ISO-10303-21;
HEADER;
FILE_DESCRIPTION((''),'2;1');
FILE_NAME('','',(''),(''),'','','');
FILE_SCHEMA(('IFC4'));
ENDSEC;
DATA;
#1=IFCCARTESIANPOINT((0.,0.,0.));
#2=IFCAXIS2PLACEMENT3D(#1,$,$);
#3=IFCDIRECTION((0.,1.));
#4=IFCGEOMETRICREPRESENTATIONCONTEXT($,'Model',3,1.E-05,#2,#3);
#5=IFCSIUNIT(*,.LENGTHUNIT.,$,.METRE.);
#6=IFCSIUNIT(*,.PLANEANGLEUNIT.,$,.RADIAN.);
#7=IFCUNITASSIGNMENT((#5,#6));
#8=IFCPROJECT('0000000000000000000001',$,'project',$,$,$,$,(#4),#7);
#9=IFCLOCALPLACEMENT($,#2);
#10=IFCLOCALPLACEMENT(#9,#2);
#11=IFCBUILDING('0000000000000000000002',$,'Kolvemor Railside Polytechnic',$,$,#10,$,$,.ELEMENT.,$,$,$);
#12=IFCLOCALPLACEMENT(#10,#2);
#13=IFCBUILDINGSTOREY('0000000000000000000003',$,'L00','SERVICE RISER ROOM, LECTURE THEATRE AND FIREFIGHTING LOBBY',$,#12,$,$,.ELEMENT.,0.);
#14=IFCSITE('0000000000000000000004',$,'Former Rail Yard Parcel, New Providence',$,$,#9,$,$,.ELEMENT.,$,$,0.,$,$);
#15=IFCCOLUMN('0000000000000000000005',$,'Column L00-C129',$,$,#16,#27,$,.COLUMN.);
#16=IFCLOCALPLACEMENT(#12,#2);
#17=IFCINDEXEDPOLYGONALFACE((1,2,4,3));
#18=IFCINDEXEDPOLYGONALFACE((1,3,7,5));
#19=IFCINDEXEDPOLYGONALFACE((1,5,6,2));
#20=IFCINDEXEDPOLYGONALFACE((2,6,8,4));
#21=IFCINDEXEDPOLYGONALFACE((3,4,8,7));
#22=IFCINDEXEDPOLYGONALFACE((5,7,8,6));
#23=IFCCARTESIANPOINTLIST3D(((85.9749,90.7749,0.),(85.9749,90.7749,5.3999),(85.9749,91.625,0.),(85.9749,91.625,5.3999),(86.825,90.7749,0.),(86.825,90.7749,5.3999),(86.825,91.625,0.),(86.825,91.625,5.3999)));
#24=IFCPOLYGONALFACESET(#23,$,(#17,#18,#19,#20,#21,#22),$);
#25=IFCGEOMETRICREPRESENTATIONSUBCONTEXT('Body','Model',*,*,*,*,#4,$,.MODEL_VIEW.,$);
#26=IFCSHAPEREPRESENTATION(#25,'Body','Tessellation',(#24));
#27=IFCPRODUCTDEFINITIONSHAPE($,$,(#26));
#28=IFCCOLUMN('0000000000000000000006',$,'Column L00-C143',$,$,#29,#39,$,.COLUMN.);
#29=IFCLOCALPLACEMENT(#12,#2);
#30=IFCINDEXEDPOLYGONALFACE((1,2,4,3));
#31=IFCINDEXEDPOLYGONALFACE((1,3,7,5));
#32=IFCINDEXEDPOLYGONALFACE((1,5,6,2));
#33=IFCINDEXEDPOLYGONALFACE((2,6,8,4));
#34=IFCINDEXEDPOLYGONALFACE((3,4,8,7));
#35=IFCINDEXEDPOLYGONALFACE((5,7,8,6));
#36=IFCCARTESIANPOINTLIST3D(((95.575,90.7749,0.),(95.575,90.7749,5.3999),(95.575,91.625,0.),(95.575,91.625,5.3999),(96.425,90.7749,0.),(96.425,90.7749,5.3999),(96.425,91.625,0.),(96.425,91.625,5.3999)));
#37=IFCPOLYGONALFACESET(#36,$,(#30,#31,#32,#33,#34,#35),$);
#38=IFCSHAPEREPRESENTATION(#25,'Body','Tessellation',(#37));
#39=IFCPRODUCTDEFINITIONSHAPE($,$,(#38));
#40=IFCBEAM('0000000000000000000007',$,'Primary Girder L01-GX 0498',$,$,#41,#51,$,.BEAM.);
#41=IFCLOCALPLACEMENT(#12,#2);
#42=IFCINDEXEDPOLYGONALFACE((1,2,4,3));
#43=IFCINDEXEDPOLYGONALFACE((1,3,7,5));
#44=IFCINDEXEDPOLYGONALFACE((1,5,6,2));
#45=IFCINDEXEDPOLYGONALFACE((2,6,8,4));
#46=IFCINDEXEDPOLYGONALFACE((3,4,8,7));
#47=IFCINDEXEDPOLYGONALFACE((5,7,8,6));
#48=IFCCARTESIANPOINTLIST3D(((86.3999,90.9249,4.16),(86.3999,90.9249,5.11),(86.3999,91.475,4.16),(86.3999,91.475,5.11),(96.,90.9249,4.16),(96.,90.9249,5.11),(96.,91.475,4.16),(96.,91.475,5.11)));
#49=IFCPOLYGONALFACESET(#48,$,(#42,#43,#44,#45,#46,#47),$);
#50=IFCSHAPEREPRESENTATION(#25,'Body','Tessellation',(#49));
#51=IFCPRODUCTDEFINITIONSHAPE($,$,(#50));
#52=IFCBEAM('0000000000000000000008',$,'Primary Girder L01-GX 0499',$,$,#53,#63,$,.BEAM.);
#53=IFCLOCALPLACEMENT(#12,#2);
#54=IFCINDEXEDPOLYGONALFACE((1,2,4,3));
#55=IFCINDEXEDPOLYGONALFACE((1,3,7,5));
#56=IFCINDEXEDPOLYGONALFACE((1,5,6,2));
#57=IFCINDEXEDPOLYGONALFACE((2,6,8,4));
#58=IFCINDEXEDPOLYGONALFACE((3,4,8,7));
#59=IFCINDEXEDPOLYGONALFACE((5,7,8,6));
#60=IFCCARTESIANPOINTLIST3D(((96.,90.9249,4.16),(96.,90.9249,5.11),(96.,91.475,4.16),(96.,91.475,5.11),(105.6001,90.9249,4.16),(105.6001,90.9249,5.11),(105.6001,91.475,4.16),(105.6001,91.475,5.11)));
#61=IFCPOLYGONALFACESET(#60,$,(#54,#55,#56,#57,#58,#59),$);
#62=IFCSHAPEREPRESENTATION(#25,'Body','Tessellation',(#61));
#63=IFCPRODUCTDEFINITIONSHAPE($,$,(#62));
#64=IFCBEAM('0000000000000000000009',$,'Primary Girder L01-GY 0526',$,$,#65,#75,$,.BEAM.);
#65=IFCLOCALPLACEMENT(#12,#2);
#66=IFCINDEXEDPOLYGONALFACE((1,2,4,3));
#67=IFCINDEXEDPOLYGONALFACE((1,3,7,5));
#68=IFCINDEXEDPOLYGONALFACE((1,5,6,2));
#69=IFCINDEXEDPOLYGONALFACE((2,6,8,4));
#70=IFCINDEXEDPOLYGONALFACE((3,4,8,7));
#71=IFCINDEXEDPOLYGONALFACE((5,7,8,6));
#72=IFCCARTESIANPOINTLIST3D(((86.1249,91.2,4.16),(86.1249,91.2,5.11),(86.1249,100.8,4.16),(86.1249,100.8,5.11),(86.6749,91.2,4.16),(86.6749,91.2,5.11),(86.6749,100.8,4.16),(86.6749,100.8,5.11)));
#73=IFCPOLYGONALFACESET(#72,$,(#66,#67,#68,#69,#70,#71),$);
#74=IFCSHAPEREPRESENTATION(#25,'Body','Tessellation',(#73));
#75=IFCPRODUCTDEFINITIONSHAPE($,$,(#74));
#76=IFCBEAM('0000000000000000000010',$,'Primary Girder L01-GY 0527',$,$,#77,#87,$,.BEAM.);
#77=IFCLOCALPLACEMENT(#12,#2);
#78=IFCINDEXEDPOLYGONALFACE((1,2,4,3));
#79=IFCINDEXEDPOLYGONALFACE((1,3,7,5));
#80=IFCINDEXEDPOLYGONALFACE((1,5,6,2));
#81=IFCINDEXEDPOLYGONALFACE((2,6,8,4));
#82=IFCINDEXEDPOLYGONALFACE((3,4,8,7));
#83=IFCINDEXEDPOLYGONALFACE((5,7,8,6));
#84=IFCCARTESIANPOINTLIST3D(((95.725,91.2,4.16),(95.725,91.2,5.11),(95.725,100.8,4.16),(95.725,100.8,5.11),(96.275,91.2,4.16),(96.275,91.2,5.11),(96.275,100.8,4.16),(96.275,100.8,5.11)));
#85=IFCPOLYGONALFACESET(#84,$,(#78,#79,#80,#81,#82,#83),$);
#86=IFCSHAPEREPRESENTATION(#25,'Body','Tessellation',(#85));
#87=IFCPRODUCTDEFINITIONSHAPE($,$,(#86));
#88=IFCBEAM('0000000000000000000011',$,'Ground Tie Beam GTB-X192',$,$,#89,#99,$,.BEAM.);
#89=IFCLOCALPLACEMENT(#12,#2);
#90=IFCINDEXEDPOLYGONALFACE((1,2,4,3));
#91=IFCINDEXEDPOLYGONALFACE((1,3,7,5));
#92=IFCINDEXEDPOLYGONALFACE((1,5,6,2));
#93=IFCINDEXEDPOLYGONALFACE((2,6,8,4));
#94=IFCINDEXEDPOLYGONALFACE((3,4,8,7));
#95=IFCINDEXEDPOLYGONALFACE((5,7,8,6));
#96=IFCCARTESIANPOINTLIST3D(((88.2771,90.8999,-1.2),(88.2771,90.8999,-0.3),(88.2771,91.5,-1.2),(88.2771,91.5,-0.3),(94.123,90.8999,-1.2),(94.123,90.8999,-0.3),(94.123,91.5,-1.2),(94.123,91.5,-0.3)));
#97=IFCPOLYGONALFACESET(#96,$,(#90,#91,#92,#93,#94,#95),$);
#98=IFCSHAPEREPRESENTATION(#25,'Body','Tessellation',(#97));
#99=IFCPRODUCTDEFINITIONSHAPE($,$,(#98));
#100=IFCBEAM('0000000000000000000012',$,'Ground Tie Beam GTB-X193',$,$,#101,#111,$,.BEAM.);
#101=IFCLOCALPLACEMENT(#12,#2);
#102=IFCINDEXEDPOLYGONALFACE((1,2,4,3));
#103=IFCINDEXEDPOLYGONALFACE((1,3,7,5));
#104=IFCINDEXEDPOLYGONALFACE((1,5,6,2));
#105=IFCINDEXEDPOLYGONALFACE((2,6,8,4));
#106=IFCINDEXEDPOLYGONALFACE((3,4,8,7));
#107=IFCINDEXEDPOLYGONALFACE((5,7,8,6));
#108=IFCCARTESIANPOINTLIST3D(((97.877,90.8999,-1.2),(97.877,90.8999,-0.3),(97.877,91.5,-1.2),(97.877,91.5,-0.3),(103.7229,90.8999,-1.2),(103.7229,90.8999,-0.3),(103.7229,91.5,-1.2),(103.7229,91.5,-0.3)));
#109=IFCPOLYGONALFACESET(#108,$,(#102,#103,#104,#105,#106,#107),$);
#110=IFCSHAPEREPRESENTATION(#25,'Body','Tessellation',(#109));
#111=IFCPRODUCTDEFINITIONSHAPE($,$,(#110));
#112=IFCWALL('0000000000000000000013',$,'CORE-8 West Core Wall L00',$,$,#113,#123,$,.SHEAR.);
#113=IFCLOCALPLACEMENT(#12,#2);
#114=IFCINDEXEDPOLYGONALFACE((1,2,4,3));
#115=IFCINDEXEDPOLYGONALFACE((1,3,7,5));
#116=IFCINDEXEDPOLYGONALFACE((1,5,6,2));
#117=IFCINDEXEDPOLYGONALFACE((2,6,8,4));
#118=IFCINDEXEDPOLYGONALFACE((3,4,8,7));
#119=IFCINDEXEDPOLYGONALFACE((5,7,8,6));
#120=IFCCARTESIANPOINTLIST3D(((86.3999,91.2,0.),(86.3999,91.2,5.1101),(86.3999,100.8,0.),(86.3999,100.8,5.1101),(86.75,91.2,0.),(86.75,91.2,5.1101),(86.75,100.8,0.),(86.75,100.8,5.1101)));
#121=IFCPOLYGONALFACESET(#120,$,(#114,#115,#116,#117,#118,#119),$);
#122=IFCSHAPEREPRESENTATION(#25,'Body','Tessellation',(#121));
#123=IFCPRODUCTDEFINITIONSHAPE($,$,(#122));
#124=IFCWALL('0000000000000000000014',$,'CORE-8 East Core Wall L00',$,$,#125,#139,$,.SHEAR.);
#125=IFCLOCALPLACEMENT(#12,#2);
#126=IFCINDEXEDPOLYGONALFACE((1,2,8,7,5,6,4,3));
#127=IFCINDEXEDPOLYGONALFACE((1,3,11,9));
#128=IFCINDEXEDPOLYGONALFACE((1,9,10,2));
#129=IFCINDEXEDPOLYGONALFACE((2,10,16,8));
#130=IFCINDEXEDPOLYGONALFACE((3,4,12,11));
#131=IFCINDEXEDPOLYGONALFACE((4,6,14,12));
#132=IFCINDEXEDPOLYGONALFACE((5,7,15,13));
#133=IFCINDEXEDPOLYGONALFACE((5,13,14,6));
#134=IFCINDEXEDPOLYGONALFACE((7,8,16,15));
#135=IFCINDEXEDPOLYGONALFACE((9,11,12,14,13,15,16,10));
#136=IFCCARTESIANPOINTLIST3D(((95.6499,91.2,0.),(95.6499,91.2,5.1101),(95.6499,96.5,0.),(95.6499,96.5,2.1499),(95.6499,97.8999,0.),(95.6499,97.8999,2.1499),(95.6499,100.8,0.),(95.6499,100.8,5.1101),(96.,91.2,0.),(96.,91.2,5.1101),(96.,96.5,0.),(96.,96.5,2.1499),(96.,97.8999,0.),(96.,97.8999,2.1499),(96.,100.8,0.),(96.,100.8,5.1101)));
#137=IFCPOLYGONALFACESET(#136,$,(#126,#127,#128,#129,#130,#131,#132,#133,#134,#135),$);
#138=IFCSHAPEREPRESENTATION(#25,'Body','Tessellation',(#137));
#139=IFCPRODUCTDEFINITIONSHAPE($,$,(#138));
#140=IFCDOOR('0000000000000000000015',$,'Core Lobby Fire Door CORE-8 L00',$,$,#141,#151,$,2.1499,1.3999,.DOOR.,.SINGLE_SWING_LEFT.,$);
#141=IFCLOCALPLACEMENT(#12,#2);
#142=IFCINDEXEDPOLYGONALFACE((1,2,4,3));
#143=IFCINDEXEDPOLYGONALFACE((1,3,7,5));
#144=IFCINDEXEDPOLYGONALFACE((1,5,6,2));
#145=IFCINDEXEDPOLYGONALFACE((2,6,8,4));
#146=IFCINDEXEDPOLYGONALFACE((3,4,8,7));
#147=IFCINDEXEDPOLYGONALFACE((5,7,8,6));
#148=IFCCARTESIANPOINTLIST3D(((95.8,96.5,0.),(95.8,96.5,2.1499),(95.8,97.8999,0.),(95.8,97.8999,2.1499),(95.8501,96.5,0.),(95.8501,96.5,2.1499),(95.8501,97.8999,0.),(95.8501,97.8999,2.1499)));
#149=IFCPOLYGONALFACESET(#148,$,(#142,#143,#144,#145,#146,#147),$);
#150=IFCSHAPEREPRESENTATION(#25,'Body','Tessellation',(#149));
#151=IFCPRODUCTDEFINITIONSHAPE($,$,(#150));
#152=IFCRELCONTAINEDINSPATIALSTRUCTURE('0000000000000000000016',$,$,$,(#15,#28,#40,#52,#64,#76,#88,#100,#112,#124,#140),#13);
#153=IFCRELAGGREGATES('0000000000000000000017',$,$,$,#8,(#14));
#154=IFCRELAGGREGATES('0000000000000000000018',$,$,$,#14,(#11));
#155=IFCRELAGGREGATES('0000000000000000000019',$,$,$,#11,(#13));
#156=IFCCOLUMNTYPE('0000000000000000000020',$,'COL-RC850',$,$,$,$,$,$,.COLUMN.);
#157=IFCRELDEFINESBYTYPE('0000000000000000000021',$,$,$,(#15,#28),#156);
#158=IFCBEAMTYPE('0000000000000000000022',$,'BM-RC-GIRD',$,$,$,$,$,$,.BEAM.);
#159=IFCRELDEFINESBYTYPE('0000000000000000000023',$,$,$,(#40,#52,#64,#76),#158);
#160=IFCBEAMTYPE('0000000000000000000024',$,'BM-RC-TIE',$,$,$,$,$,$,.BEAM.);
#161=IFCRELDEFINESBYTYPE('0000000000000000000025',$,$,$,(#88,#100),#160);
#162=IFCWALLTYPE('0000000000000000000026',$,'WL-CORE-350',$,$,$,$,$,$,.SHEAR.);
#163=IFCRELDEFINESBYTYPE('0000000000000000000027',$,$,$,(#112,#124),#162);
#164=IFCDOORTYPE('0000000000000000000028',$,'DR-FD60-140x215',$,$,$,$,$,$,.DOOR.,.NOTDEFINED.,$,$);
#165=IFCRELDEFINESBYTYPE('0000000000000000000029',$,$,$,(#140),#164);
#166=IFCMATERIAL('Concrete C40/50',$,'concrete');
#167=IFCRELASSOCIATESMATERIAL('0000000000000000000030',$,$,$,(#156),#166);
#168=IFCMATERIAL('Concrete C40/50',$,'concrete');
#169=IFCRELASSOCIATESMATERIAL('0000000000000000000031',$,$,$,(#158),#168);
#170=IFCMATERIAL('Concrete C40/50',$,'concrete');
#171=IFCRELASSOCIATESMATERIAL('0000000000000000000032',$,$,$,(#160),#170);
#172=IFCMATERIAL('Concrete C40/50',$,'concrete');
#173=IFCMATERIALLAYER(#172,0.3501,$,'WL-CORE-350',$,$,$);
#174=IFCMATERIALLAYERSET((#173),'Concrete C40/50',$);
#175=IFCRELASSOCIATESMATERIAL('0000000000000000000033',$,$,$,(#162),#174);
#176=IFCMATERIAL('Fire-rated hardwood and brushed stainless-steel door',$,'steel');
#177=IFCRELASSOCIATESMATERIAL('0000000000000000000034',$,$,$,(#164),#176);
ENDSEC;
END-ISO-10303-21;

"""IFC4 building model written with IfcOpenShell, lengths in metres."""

from ifc_helpers import new_model, si_unit, direction, frame, frame_2d, origin, origin_2d, place, context, subcontext, project, spatial, rectangle, extrude, material, layer, layer_set, material_profile, profile_set, type_object, element, fill, save


model = new_model("IFC4")

# Units and contexts
model_context = context("Model", 3, precision=1e-05, world=origin(), true_north=direction((0.0, 1.0)))
body_context = subcontext(model_context, "Body", "Model", "MODEL_VIEW")
ifc_project = project(units=[si_unit("LENGTHUNIT", "METRE"), si_unit("PLANEANGLEUNIT", "RADIAN")], contexts=[model_context])

# Site, building, storey
site_placement = place(None, origin())
site = spatial("IfcSite", under=ifc_project, at=site_placement, Name="Former Rail Yard Parcel, New Providence", CompositionType="ELEMENT", RefElevation=0.0)
building_placement = place(site_placement, origin())
building = spatial("IfcBuilding", under=site, at=building_placement, Name="Kolvemor Railside Polytechnic", CompositionType="ELEMENT")
storey_placement = place(building_placement, origin())
storey = spatial("IfcBuildingStorey", under=building, at=storey_placement, Name="L00", Description="SERVICE RISER ROOM, LECTURE THEATRE AND FIREFIGHTING LOBBY", CompositionType="ELEMENT", Elevation=0.0)

# Columns
ifc_material_1 = material(Name="Concrete C40/50", Category="concrete")
ifc_material_profile_1 = material_profile(ifc_material_1, rectangle(XDim=0.8501, YDim=0.8501, at=origin_2d()), Name="RC850x850")
ifc_profile_set_1 = profile_set([ifc_material_profile_1], Name="Concrete C40/50")
column_type = type_object("IfcColumnType", Name="COL-RC850", PredefinedType="COLUMN", material=ifc_profile_set_1)
for number, where, z_axis, x_axis, name in (
    (1, (86.3999, 91.2, 0.0), (0.0, 0.0, 1.0), (1.0, 0.0, 0.0), "Column L00-C129"),
    (2, (96.0, 91.2, 0.0), (0.0, 0.0, 1.0), (1.0, 0.0, 0.0), "Column L00-C143"),
):
    element("IfcColumn", number, at=place(storey_placement, frame(where, z_axis=z_axis, x_axis=x_axis)), inside=storey, type_object=column_type, Name=name, PredefinedType="COLUMN", context=body_context, shape_type="SweptSolid", body=[
        extrude(rectangle(XDim=0.8501, YDim=0.8501, at=origin_2d()), origin(), (0.0, 0.0, 1.0), 5.3999),
    ])

# Beams
ifc_material_2 = material(Name="Concrete C40/50", Category="concrete")
ifc_material_profile_2 = material_profile(ifc_material_2, rectangle(XDim=0.55, YDim=0.95, at=origin_2d()), Name="RC550x950")
ifc_profile_set_2 = profile_set([ifc_material_profile_2], Name="Concrete C40/50")
beam_type_1 = type_object("IfcBeamType", Name="BM-RC-GIRD", PredefinedType="BEAM", material=ifc_profile_set_2)
for number, where, z_axis, x_axis, name in (
    (3, (86.3999, 91.2, 4.635), (1.0, 0.0, 0.0), (0.0, 1.0, 0.0), "Primary Girder L01-GX 0498"),
    (4, (96.0, 91.2, 4.635), (1.0, 0.0, 0.0), (0.0, 1.0, 0.0), "Primary Girder L01-GX 0499"),
    (5, (86.3999, 91.2, 4.635), (0.0, 1.0, 0.0), (-1.0, 0.0, 0.0), "Primary Girder L01-GY 0526"),
    (6, (96.0, 91.2, 4.635), (0.0, 1.0, 0.0), (-1.0, 0.0, 0.0), "Primary Girder L01-GY 0527"),
):
    element("IfcBeam", number, at=place(storey_placement, frame(where, z_axis=z_axis, x_axis=x_axis)), inside=storey, type_object=beam_type_1, Name=name, PredefinedType="BEAM", context=body_context, shape_type="SweptSolid", body=[
        extrude(rectangle(XDim=0.55, YDim=0.95, at=origin_2d()), origin(), (0.0, 0.0, 1.0), 9.6001),
    ])
ifc_material_3 = material(Name="Concrete C40/50", Category="concrete")
ifc_material_profile_3 = material_profile(ifc_material_3, rectangle(XDim=0.6001, YDim=0.8999, at=origin_2d()), Name="RC600x900")
ifc_profile_set_3 = profile_set([ifc_material_profile_3], Name="Concrete C40/50")
beam_type_2 = type_object("IfcBeamType", Name="BM-RC-TIE", PredefinedType="BEAM", material=ifc_profile_set_3)
for number, where, z_axis, x_axis, name in (
    (7, (88.2771, 91.2, -0.75), (1.0, 0.0, 0.0), (0.0, 1.0, 0.0), "Ground Tie Beam GTB-X192"),
    (8, (97.877, 91.2, -0.75), (1.0, 0.0, 0.0), (0.0, 1.0, 0.0), "Ground Tie Beam GTB-X193"),
):
    element("IfcBeam", number, at=place(storey_placement, frame(where, z_axis=z_axis, x_axis=x_axis)), inside=storey, type_object=beam_type_2, Name=name, PredefinedType="BEAM", context=body_context, shape_type="SweptSolid", body=[
        extrude(rectangle(XDim=0.6001, YDim=0.8999, at=origin_2d()), origin(), (0.0, 0.0, 1.0), 5.8459),
    ])

# Wall
ifc_material_4 = material(Name="Concrete C40/50", Category="concrete")
ifc_layer_1 = layer(ifc_material_4, 0.3501, Name="WL-CORE-350")
ifc_layer_set_1 = layer_set([ifc_layer_1], Name="Concrete C40/50")
wall_type_1 = type_object("IfcWallType", Name="WL-CORE-350", PredefinedType="SHEAR", material=ifc_layer_set_1)
wall_1_placement = place(storey_placement, frame((86.575, 91.2, 0.0), z_axis=(0.0, 0.0, 1.0), x_axis=(0.0, 1.0, 0.0)))
element("IfcWall", 9, at=wall_1_placement, inside=storey, type_object=wall_type_1, Name="CORE-8 West Core Wall L00", PredefinedType="SHEAR", context=body_context, shape_type="SweptSolid", body=[
    extrude(rectangle(XDim=9.6001, YDim=0.3501, at=frame_2d((4.8, 0.0))), origin(), (0.0, 0.0, 1.0), 5.1101),
])

# Wall, opening, door
wall_2_placement = place(storey_placement, frame((95.825, 91.2, 0.0), z_axis=(0.0, 0.0, 1.0), x_axis=(0.0, 1.0, 0.0)))
wall_2 = element("IfcWall", 10, at=wall_2_placement, inside=storey, type_object=wall_type_1, Name="CORE-8 East Core Wall L00", PredefinedType="SHEAR", context=body_context, shape_type="SweptSolid", body=[
    extrude(rectangle(XDim=9.6001, YDim=0.3501, at=frame_2d((4.8, 0.0))), origin(), (0.0, 0.0, 1.0), 5.1101),
])
opening_1_placement = place(wall_2_placement, frame((5.3, 0.0, 0.0)))
opening_1 = element("IfcOpeningElement", 11, at=opening_1_placement, cuts=wall_2, PredefinedType="OPENING", context=body_context, shape_type="SweptSolid", body=[
    extrude(rectangle(XDim=1.3999, YDim=2.1499, at=frame_2d((0.7, 1.075))), frame((0.0, 0.1851, 0.0), z_axis=(0.0, -1.0, 0.0), x_axis=(1.0, 0.0, 0.0)), (0.0, 0.0, 1.0), 0.3701),
])
ifc_material_5 = material(Name="Fire-rated hardwood and brushed stainless-steel door", Category="steel")
door_type = type_object("IfcDoorType", Name="DR-FD60-140x215", OperationType="NOTDEFINED", PredefinedType="DOOR", material=ifc_material_5)
door_placement = place(opening_1_placement, origin())
door = element("IfcDoor", 12, at=door_placement, inside=storey, type_object=door_type, Name="Core Lobby Fire Door CORE-8 L00", OperationType="SINGLE_SWING_LEFT", OverallHeight=2.1499, OverallWidth=1.3999, PredefinedType="DOOR", context=body_context, shape_type="SweptSolid", body=[
    extrude(rectangle(XDim=1.3999, YDim=2.1499, at=frame_2d((0.7, 1.075))), frame((0.0, 0.0249, 0.0), z_axis=(0.0, -1.0, 0.0), x_axis=(1.0, 0.0, 0.0)), (0.0, 0.0, 1.0), 0.05),
])
fill(opening_1, door)

save(model, "model.ifc")
